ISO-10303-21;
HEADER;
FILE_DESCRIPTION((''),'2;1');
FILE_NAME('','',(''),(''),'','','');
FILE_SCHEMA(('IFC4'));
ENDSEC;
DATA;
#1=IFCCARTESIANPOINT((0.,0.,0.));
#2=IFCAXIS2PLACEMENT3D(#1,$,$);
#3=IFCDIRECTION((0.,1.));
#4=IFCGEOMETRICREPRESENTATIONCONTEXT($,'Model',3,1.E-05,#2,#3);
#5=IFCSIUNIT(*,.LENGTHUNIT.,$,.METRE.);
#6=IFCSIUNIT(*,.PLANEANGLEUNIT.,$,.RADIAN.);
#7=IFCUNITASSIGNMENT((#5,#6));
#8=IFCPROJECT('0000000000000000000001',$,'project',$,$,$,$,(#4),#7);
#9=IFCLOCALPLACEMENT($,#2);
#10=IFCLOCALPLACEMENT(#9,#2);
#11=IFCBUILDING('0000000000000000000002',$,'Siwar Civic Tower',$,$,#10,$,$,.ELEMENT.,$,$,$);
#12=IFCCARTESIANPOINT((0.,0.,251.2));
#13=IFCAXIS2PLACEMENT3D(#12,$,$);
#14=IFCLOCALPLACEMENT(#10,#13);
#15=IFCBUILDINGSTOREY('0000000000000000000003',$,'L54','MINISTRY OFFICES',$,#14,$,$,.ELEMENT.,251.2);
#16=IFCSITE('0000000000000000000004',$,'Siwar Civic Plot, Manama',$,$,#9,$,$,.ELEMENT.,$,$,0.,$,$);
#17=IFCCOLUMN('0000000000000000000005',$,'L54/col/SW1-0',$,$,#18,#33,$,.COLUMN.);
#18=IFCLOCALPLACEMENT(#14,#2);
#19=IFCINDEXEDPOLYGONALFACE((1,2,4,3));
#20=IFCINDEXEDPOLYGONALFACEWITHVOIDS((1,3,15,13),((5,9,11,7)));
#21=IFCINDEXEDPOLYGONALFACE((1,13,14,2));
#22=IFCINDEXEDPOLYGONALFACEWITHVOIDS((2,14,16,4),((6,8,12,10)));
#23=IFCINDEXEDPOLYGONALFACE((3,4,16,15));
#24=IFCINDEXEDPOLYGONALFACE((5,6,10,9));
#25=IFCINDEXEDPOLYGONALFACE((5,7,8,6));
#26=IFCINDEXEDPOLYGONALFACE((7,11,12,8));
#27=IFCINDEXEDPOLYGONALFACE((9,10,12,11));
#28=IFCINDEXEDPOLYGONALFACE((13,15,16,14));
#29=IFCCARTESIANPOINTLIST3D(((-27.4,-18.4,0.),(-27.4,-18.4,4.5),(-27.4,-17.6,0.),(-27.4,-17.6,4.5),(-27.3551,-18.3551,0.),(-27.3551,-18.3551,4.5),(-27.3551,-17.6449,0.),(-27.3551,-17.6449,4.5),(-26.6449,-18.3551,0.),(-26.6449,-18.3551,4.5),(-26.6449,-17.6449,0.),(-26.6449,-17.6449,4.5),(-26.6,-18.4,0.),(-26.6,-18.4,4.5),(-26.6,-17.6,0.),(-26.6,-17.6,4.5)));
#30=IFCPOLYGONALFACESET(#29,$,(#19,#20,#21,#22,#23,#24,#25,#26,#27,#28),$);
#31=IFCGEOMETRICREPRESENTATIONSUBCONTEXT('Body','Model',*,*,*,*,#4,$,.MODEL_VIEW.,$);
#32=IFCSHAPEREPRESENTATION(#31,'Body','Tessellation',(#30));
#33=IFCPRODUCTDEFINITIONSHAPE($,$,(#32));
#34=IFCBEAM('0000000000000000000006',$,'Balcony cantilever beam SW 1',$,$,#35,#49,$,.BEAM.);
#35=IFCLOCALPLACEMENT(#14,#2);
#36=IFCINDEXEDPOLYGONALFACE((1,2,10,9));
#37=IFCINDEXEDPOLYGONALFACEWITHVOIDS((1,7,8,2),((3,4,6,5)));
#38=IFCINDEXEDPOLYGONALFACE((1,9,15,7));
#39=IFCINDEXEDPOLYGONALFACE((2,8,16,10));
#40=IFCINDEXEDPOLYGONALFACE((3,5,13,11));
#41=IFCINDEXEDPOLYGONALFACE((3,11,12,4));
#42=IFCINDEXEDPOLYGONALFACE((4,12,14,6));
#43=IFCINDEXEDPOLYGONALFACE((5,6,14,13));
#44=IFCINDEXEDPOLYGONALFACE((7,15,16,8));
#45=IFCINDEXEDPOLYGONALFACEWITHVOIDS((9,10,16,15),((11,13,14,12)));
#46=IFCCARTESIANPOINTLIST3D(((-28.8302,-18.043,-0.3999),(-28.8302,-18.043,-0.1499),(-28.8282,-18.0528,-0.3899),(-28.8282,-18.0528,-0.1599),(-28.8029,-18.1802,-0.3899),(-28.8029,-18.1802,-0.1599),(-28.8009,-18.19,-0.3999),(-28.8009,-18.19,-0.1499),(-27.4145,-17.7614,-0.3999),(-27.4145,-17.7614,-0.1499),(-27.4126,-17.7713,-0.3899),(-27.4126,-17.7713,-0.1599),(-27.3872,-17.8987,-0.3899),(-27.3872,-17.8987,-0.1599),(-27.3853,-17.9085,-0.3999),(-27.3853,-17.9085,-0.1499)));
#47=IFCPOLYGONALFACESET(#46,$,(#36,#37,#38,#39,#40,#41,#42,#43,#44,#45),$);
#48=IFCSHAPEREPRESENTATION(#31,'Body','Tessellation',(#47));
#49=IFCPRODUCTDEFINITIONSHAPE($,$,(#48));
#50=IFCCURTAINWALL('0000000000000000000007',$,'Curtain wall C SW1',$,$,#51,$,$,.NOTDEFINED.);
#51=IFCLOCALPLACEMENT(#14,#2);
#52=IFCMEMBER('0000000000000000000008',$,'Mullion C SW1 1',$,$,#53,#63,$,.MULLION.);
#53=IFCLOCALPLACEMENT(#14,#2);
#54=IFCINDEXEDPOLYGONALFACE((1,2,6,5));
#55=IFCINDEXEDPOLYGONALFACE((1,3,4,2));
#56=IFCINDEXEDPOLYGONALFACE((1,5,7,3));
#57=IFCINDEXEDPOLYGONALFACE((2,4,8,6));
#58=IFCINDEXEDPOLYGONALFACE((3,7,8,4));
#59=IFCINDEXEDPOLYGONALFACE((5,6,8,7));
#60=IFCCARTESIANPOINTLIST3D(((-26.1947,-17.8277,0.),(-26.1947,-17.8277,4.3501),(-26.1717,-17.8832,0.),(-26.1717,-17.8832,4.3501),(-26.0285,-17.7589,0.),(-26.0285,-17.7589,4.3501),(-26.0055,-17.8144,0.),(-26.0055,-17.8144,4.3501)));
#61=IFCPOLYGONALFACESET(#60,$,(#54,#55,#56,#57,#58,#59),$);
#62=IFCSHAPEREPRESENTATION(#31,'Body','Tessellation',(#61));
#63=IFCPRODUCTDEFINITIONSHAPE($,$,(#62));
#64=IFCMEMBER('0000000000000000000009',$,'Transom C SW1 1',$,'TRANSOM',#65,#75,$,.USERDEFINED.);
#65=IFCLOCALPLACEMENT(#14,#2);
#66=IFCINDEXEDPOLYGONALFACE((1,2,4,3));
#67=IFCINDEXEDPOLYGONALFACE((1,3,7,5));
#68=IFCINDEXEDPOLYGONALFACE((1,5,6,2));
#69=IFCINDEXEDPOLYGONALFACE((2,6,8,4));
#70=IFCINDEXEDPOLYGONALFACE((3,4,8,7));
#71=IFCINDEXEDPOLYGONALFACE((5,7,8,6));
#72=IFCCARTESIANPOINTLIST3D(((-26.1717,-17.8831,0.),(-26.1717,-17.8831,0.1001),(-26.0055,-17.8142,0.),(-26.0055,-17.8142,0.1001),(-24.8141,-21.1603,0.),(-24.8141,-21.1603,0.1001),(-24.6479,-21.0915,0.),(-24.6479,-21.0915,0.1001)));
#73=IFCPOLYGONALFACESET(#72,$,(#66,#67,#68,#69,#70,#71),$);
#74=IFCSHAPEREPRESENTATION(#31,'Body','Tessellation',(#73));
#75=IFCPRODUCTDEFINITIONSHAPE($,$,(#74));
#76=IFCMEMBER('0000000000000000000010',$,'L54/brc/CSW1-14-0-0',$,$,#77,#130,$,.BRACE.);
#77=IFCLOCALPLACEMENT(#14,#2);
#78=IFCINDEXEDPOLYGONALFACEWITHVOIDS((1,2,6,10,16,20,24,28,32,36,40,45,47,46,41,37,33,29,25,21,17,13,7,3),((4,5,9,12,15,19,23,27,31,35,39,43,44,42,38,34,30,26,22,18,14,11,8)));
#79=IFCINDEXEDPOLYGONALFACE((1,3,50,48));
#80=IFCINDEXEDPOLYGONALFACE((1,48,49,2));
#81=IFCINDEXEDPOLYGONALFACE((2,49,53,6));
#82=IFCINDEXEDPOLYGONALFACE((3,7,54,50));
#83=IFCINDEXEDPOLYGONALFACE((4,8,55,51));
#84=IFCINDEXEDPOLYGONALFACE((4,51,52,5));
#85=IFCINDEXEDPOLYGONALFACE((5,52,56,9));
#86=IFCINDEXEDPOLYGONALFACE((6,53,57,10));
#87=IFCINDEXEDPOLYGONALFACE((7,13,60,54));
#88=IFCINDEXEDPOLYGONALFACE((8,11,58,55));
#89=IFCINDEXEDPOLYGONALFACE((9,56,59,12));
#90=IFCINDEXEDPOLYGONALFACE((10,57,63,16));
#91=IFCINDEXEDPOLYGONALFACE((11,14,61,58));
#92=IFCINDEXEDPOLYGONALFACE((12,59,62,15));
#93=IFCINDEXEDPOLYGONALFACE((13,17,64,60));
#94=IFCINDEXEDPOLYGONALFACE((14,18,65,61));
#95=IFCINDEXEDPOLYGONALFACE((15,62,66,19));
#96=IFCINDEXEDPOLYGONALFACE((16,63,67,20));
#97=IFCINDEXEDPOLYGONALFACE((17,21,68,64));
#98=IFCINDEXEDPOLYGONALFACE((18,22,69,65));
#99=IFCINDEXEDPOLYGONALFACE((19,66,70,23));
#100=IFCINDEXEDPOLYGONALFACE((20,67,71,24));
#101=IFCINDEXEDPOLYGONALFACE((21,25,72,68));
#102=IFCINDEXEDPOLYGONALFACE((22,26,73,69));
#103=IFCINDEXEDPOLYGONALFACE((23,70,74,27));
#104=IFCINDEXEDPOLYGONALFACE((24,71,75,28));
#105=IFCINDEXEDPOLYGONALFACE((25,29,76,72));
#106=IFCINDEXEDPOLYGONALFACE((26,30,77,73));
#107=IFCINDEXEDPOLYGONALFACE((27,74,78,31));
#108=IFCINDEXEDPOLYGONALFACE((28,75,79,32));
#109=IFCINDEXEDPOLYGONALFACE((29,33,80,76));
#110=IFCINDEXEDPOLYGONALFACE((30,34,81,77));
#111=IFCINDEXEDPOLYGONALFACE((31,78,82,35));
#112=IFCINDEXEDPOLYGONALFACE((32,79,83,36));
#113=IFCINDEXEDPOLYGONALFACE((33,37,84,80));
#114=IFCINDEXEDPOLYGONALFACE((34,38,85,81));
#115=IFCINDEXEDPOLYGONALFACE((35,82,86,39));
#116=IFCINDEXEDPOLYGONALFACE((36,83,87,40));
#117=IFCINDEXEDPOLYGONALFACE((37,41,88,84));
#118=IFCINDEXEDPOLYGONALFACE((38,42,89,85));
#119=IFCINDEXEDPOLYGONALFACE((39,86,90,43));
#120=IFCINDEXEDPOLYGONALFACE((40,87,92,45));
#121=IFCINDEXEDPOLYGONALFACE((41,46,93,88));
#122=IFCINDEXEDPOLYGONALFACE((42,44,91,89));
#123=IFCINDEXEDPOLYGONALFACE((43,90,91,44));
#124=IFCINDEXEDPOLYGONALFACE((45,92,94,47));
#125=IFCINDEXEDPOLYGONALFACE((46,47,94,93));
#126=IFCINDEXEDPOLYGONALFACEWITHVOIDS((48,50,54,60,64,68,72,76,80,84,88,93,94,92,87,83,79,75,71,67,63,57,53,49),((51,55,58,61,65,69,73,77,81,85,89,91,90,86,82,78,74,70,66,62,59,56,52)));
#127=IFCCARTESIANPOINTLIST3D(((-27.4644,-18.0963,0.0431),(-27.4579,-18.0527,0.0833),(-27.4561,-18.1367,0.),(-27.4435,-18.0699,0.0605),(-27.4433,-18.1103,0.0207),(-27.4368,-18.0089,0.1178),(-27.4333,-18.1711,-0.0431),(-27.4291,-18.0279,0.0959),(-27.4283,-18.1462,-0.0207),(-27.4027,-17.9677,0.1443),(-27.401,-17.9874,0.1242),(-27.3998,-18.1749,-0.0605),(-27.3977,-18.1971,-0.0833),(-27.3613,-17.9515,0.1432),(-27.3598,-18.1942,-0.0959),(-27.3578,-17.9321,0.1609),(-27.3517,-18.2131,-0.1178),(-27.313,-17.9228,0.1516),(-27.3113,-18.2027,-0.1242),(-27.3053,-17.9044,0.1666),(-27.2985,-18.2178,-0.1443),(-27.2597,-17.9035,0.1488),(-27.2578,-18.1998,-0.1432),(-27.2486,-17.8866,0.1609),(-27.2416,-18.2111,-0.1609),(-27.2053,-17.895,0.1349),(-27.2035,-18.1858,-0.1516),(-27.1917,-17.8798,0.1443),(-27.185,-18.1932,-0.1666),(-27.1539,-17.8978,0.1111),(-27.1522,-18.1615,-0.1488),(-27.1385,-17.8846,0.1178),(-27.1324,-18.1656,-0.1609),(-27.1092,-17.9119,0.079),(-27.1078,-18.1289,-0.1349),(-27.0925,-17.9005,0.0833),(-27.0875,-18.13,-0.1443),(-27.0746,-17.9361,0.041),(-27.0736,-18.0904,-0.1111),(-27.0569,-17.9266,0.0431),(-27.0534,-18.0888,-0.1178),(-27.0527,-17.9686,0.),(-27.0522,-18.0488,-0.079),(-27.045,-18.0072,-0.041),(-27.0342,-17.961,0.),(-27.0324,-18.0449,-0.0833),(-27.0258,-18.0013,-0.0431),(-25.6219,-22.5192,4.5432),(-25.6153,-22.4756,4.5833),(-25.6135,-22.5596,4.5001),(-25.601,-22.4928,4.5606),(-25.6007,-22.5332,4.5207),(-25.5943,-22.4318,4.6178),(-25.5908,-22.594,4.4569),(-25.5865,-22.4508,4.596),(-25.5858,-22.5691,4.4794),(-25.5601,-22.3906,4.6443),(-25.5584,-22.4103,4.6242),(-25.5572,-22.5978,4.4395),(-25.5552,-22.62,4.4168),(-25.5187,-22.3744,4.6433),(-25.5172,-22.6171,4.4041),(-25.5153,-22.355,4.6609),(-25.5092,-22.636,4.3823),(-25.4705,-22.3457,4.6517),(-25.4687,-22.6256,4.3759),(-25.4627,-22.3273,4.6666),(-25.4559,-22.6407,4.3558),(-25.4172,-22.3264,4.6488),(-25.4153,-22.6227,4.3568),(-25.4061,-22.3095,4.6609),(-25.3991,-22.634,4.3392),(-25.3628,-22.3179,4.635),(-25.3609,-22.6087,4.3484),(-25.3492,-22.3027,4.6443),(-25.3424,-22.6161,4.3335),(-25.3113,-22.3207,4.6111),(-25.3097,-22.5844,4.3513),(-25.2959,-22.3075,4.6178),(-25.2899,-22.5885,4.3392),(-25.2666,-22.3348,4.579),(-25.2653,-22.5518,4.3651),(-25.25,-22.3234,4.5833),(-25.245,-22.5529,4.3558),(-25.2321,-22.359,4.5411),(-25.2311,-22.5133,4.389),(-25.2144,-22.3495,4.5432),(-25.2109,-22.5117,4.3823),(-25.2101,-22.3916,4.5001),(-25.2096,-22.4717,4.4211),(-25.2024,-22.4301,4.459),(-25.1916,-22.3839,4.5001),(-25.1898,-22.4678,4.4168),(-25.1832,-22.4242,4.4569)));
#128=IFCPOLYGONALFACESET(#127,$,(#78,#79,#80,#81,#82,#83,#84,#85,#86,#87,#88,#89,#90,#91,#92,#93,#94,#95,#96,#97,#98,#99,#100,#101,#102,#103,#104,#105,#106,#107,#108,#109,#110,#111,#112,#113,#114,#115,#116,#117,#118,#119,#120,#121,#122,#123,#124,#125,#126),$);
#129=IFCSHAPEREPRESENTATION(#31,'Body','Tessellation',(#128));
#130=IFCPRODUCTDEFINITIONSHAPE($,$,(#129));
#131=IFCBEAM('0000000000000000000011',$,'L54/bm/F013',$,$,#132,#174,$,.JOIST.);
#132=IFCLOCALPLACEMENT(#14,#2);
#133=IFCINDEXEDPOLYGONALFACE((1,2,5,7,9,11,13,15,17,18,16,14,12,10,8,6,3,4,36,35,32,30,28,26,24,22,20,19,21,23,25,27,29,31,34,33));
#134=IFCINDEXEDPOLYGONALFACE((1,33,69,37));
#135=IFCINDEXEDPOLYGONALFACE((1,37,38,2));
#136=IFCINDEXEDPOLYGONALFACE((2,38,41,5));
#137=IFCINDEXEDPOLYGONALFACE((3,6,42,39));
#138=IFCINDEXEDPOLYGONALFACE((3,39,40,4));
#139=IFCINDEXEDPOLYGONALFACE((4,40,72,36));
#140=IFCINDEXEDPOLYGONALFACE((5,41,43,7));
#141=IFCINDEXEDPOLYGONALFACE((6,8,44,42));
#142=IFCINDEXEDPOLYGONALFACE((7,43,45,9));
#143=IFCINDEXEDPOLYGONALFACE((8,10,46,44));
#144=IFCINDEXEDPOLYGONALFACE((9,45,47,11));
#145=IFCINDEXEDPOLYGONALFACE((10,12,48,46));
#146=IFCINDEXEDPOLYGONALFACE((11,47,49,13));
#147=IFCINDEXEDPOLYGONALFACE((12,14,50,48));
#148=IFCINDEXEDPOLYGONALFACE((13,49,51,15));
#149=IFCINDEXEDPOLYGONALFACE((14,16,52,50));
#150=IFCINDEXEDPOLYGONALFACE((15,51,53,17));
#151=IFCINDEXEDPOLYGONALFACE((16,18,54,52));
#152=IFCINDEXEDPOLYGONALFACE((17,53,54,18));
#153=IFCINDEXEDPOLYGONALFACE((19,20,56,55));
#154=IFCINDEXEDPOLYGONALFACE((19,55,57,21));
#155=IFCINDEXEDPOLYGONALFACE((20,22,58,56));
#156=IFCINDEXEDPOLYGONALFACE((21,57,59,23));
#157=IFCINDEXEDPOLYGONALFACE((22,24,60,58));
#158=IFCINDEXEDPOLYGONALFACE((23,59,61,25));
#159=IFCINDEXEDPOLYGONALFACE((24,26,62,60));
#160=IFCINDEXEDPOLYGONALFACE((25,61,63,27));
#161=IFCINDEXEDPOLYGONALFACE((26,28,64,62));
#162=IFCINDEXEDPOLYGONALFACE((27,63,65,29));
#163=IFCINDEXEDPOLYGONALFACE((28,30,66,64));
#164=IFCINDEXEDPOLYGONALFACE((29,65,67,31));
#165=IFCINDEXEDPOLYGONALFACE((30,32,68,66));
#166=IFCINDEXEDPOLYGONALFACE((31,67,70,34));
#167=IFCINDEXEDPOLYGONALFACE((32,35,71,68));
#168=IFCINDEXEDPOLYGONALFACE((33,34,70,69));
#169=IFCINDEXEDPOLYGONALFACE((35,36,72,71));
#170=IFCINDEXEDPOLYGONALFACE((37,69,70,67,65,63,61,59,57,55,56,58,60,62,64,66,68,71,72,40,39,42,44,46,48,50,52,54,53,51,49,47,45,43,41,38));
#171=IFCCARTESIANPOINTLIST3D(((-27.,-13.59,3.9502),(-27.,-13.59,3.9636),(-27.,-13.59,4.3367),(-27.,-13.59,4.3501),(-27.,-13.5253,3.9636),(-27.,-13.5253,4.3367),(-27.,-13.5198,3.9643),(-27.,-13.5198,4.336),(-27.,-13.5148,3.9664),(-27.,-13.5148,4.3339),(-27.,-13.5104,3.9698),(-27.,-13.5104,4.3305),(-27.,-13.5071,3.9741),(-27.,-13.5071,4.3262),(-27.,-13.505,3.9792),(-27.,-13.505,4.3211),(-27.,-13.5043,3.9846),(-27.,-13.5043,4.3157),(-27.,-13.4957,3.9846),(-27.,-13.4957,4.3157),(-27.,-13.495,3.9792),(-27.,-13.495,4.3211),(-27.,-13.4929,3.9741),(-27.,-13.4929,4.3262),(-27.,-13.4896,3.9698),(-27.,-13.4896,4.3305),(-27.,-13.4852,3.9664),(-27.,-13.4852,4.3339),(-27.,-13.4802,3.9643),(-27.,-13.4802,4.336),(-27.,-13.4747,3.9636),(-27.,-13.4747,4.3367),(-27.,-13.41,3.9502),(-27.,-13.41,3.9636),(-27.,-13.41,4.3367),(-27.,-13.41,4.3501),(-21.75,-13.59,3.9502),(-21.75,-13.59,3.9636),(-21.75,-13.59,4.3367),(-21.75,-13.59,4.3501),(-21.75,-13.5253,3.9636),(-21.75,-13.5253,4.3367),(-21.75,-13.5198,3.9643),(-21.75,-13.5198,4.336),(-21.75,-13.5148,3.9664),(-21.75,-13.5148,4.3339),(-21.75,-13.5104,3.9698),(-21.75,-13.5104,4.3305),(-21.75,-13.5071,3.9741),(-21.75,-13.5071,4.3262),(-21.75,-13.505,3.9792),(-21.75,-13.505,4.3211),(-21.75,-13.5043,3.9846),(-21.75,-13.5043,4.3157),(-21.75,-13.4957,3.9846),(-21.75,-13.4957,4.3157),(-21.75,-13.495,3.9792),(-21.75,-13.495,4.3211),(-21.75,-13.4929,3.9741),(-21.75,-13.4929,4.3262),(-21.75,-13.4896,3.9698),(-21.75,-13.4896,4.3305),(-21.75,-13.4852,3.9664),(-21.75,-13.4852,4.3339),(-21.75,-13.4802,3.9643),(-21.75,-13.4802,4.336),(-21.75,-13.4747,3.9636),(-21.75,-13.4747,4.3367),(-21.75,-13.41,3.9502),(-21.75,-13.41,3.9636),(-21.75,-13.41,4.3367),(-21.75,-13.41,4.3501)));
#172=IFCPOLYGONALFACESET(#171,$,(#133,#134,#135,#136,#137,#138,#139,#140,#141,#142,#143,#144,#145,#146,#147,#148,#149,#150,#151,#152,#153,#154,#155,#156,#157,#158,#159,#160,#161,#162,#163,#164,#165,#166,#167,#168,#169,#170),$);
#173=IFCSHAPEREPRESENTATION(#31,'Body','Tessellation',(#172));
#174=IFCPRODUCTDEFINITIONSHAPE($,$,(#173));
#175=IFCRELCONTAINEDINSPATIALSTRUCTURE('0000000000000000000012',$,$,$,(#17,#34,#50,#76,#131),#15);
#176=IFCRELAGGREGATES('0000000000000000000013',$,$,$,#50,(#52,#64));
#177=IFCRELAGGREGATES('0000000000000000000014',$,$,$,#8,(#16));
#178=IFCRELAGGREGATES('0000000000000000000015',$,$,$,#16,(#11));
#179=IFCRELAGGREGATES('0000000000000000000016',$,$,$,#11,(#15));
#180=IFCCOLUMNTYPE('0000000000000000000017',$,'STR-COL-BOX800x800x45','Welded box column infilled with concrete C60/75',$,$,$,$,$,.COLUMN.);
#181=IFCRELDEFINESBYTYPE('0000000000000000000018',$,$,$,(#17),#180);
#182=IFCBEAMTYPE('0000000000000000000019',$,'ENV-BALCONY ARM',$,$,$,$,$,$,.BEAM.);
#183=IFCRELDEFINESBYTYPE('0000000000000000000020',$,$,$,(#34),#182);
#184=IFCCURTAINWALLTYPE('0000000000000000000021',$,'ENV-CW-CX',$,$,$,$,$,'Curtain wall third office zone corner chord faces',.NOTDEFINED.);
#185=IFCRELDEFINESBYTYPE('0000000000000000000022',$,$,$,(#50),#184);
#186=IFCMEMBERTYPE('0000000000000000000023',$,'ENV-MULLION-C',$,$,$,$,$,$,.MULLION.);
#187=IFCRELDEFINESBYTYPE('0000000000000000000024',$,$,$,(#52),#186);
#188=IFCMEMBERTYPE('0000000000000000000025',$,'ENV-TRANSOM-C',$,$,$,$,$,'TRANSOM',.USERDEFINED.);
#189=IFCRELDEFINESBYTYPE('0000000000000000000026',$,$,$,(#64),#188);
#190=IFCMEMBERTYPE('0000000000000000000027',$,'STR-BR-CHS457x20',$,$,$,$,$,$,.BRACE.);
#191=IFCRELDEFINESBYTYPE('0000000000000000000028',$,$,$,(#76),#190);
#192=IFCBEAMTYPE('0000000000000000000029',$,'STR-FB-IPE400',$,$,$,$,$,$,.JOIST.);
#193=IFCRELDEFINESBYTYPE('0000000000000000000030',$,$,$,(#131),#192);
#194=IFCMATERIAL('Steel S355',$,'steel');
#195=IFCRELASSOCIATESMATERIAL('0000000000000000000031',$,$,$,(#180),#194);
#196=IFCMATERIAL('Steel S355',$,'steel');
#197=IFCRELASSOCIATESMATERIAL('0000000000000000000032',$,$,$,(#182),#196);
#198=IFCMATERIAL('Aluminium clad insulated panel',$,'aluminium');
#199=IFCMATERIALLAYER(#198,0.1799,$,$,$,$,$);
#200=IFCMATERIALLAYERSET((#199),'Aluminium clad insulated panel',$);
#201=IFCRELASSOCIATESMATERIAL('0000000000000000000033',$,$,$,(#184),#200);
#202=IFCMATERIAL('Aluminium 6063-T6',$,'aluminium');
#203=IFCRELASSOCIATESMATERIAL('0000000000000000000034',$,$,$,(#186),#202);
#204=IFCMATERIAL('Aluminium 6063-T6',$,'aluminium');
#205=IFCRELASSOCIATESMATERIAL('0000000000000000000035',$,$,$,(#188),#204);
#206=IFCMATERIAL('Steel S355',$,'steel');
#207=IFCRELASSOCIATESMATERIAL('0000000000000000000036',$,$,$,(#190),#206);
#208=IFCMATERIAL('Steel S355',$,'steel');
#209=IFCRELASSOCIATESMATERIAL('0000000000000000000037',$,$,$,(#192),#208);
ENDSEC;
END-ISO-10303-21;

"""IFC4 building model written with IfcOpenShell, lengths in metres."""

from ifc_helpers import new_model, si_unit, direction, frame, origin, origin_2d, place, context, subcontext, project, spatial, rectangle, hollow_rectangle, hollow_circle, i_section, extrude, material, layer, layer_set, material_profile, profile_set, type_object, element, aggregate, save


model = new_model("IFC4")

# Units and contexts
model_context = context("Model", 3, precision=1e-05, world=origin(), true_north=direction((0.0, 1.0)))
body_context = subcontext(model_context, "Body", "Model", "MODEL_VIEW")
ifc_project = project(units=[si_unit("LENGTHUNIT", "METRE"), si_unit("PLANEANGLEUNIT", "RADIAN")], contexts=[model_context])

# Site, building, storey
site_placement = place(None, origin())
site = spatial("IfcSite", under=ifc_project, at=site_placement, Name="Siwar Civic Plot, Manama", CompositionType="ELEMENT", RefElevation=0.0)
building_placement = place(site_placement, origin())
building = spatial("IfcBuilding", under=site, at=building_placement, Name="Siwar Civic Tower", CompositionType="ELEMENT")
storey_placement = place(building_placement, frame((0.0, 0.0, 251.2)))
storey = spatial("IfcBuildingStorey", under=building, at=storey_placement, Name="L54", Description="MINISTRY OFFICES", CompositionType="ELEMENT", Elevation=251.2)

# Column
ifc_material_1 = material(Name="Steel S355", Category="steel")
ifc_material_profile_1 = material_profile(ifc_material_1, hollow_rectangle(XDim=0.8, YDim=0.8, WallThickness=0.0449, at=origin_2d()), Name="BOX800x800x45")
ifc_profile_set_1 = profile_set([ifc_material_profile_1], Name="Steel S355")
column_type = type_object("IfcColumnType", Name="STR-COL-BOX800x800x45", Description="Welded box column infilled with concrete C60/75", PredefinedType="COLUMN", material=ifc_profile_set_1)
column_placement = place(storey_placement, frame((-27.0, -18.0, 0.0), z_axis=(0.0, 0.0, 1.0), x_axis=(1.0, 0.0, 0.0)))
element("IfcColumn", 1, at=column_placement, inside=storey, type_object=column_type, Name="L54/col/SW1-0", PredefinedType="COLUMN", context=body_context, shape_type="SweptSolid", body=[
    extrude(hollow_rectangle(XDim=0.8, YDim=0.8, WallThickness=0.0449, at=origin_2d()), origin(), (0.0, 0.0, 1.0), 4.5),
])

# Beam
ifc_material_2 = material(Name="Steel S355", Category="steel")
ifc_material_profile_2 = material_profile(ifc_material_2, hollow_rectangle(XDim=0.1499, YDim=0.25, WallThickness=0.01, at=origin_2d()), Name="RHS250x150x10")
ifc_profile_set_2 = profile_set([ifc_material_profile_2], Name="Steel S355")
beam_type_1 = type_object("IfcBeamType", Name="ENV-BALCONY ARM", PredefinedType="BEAM", material=ifc_profile_set_2)
beam_1_placement = place(storey_placement, frame((-27.3999, -17.835, -0.2749), z_axis=(-0.980795, -0.195042, 0.0), x_axis=(0.195042, -0.980795, 0.0)))
element("IfcBeam", 2, at=beam_1_placement, inside=storey, type_object=beam_type_1, Name="Balcony cantilever beam SW 1", PredefinedType="BEAM", context=body_context, shape_type="SweptSolid", body=[
    extrude(hollow_rectangle(XDim=0.1499, YDim=0.25, WallThickness=0.01, at=origin_2d()), origin(), (0.0, 0.0, 1.0), 1.4434),
])

# Curtain wall, members
ifc_material_3 = material(Name="Aluminium clad insulated panel", Category="aluminium")
ifc_layer_1 = layer(ifc_material_3, 0.1799)
ifc_layer_set_1 = layer_set([ifc_layer_1], Name="Aluminium clad insulated panel")
curtain_wall_type = type_object("IfcCurtainWallType", Name="ENV-CW-CX", ElementType="Curtain wall third office zone corner chord faces", PredefinedType="NOTDEFINED", material=ifc_layer_set_1)
curtain_wall_placement = place(storey_placement, origin())
curtain_wall = element("IfcCurtainWall", 3, at=curtain_wall_placement, inside=storey, type_object=curtain_wall_type, Name="Curtain wall C SW1", PredefinedType="NOTDEFINED")
ifc_material_4 = material(Name="Aluminium 6063-T6", Category="aluminium")
ifc_material_profile_3 = material_profile(ifc_material_4, rectangle(XDim=0.1799, YDim=0.0601, at=origin_2d()), Name="AL 180x60")
ifc_profile_set_3 = profile_set([ifc_material_profile_3], Name="Aluminium 6063-T6")
member_type_1 = type_object("IfcMemberType", Name="ENV-MULLION-C", PredefinedType="MULLION", material=ifc_profile_set_3)
member_1_placement = place(storey_placement, frame((-26.1001, -17.821, 0.0), z_axis=(0.0, 0.0, 1.0), x_axis=(0.92388, 0.382683, 0.0)))
member_1 = element("IfcMember", 4, at=member_1_placement, type_object=member_type_1, Name="Mullion C SW1 1", PredefinedType="MULLION", context=body_context, shape_type="SweptSolid", body=[
    extrude(rectangle(XDim=0.1799, YDim=0.0601, at=origin_2d()), origin(), (0.0, 0.0, 1.0), 4.3501),
])
ifc_material_5 = material(Name="Aluminium 6063-T6", Category="aluminium")
ifc_material_profile_4 = material_profile(ifc_material_5, rectangle(XDim=0.1799, YDim=0.1001, at=origin_2d()), Name="AL 180x100")
ifc_profile_set_4 = profile_set([ifc_material_profile_4], Name="Aluminium 6063-T6")
member_type_2 = type_object("IfcMemberType", Name="ENV-TRANSOM-C", ElementType="TRANSOM", PredefinedType="USERDEFINED", material=ifc_profile_set_4)
member_2_placement = place(storey_placement, frame((-26.0886, -17.8486, 0.05), z_axis=(0.382719, -0.923865, 0.0), x_axis=(0.923865, 0.382719, 0.0)))
member_2 = element("IfcMember", 5, at=member_2_placement, type_object=member_type_2, Name="Transom C SW1 1", ObjectType="TRANSOM", PredefinedType="USERDEFINED", context=body_context, shape_type="SweptSolid", body=[
    extrude(rectangle(XDim=0.1799, YDim=0.1001, at=origin_2d()), origin(), (0.0, 0.0, 1.0), 3.5474),
])

# Member
ifc_material_6 = material(Name="Steel S355", Category="steel")
ifc_material_profile_5 = material_profile(ifc_material_6, hollow_circle(Radius=0.2285, WallThickness=0.02, at=origin_2d()), Name="CHS457x20")
ifc_profile_set_5 = profile_set([ifc_material_profile_5], Name="Steel S355")
member_type_3 = type_object("IfcMemberType", Name="STR-BR-CHS457x20", PredefinedType="BRACE", material=ifc_profile_set_5)
member_3_placement = place(storey_placement, frame((-27.2451, -18.0488, 0.0), z_axis=(0.280311, -0.672865, 0.684601), x_axis=(0.923101, 0.384557, 0.0)))
element("IfcMember", 6, at=member_3_placement, inside=storey, type_object=member_type_3, Name="L54/brc/CSW1-14-0-0", PredefinedType="BRACE", context=body_context, shape_type="SweptSolid", body=[
    extrude(hollow_circle(Radius=0.2285, WallThickness=0.02, at=origin_2d()), origin(), (0.0, 0.0, 1.0), 6.5732),
])

# Beam
ifc_material_7 = material(Name="Steel S355", Category="steel")
ifc_material_profile_6 = material_profile(ifc_material_7, i_section(OverallWidth=0.1799, OverallDepth=0.3999, WebThickness=0.0085, FlangeThickness=0.0134, FilletRadius=0.021, at=origin_2d()), Name="IPE400")
ifc_profile_set_6 = profile_set([ifc_material_profile_6], Name="Steel S355")
beam_type_2 = type_object("IfcBeamType", Name="STR-FB-IPE400", PredefinedType="JOIST", material=ifc_profile_set_6)
beam_2_placement = place(storey_placement, frame((-27.0, -13.5, 4.1501), z_axis=(1.0, 0.0, 0.0), x_axis=(0.0, 1.0, 0.0)))
element("IfcBeam", 7, at=beam_2_placement, inside=storey, type_object=beam_type_2, Name="L54/bm/F013", PredefinedType="JOIST", context=body_context, shape_type="SweptSolid", body=[
    extrude(i_section(OverallWidth=0.1799, OverallDepth=0.3999, WebThickness=0.0085, FlangeThickness=0.0134, FilletRadius=0.021, at=origin_2d()), origin(), (0.0, 0.0, 1.0), 5.25),
])

aggregate(curtain_wall, [member_1, member_2])

save(model, "model.ifc")
